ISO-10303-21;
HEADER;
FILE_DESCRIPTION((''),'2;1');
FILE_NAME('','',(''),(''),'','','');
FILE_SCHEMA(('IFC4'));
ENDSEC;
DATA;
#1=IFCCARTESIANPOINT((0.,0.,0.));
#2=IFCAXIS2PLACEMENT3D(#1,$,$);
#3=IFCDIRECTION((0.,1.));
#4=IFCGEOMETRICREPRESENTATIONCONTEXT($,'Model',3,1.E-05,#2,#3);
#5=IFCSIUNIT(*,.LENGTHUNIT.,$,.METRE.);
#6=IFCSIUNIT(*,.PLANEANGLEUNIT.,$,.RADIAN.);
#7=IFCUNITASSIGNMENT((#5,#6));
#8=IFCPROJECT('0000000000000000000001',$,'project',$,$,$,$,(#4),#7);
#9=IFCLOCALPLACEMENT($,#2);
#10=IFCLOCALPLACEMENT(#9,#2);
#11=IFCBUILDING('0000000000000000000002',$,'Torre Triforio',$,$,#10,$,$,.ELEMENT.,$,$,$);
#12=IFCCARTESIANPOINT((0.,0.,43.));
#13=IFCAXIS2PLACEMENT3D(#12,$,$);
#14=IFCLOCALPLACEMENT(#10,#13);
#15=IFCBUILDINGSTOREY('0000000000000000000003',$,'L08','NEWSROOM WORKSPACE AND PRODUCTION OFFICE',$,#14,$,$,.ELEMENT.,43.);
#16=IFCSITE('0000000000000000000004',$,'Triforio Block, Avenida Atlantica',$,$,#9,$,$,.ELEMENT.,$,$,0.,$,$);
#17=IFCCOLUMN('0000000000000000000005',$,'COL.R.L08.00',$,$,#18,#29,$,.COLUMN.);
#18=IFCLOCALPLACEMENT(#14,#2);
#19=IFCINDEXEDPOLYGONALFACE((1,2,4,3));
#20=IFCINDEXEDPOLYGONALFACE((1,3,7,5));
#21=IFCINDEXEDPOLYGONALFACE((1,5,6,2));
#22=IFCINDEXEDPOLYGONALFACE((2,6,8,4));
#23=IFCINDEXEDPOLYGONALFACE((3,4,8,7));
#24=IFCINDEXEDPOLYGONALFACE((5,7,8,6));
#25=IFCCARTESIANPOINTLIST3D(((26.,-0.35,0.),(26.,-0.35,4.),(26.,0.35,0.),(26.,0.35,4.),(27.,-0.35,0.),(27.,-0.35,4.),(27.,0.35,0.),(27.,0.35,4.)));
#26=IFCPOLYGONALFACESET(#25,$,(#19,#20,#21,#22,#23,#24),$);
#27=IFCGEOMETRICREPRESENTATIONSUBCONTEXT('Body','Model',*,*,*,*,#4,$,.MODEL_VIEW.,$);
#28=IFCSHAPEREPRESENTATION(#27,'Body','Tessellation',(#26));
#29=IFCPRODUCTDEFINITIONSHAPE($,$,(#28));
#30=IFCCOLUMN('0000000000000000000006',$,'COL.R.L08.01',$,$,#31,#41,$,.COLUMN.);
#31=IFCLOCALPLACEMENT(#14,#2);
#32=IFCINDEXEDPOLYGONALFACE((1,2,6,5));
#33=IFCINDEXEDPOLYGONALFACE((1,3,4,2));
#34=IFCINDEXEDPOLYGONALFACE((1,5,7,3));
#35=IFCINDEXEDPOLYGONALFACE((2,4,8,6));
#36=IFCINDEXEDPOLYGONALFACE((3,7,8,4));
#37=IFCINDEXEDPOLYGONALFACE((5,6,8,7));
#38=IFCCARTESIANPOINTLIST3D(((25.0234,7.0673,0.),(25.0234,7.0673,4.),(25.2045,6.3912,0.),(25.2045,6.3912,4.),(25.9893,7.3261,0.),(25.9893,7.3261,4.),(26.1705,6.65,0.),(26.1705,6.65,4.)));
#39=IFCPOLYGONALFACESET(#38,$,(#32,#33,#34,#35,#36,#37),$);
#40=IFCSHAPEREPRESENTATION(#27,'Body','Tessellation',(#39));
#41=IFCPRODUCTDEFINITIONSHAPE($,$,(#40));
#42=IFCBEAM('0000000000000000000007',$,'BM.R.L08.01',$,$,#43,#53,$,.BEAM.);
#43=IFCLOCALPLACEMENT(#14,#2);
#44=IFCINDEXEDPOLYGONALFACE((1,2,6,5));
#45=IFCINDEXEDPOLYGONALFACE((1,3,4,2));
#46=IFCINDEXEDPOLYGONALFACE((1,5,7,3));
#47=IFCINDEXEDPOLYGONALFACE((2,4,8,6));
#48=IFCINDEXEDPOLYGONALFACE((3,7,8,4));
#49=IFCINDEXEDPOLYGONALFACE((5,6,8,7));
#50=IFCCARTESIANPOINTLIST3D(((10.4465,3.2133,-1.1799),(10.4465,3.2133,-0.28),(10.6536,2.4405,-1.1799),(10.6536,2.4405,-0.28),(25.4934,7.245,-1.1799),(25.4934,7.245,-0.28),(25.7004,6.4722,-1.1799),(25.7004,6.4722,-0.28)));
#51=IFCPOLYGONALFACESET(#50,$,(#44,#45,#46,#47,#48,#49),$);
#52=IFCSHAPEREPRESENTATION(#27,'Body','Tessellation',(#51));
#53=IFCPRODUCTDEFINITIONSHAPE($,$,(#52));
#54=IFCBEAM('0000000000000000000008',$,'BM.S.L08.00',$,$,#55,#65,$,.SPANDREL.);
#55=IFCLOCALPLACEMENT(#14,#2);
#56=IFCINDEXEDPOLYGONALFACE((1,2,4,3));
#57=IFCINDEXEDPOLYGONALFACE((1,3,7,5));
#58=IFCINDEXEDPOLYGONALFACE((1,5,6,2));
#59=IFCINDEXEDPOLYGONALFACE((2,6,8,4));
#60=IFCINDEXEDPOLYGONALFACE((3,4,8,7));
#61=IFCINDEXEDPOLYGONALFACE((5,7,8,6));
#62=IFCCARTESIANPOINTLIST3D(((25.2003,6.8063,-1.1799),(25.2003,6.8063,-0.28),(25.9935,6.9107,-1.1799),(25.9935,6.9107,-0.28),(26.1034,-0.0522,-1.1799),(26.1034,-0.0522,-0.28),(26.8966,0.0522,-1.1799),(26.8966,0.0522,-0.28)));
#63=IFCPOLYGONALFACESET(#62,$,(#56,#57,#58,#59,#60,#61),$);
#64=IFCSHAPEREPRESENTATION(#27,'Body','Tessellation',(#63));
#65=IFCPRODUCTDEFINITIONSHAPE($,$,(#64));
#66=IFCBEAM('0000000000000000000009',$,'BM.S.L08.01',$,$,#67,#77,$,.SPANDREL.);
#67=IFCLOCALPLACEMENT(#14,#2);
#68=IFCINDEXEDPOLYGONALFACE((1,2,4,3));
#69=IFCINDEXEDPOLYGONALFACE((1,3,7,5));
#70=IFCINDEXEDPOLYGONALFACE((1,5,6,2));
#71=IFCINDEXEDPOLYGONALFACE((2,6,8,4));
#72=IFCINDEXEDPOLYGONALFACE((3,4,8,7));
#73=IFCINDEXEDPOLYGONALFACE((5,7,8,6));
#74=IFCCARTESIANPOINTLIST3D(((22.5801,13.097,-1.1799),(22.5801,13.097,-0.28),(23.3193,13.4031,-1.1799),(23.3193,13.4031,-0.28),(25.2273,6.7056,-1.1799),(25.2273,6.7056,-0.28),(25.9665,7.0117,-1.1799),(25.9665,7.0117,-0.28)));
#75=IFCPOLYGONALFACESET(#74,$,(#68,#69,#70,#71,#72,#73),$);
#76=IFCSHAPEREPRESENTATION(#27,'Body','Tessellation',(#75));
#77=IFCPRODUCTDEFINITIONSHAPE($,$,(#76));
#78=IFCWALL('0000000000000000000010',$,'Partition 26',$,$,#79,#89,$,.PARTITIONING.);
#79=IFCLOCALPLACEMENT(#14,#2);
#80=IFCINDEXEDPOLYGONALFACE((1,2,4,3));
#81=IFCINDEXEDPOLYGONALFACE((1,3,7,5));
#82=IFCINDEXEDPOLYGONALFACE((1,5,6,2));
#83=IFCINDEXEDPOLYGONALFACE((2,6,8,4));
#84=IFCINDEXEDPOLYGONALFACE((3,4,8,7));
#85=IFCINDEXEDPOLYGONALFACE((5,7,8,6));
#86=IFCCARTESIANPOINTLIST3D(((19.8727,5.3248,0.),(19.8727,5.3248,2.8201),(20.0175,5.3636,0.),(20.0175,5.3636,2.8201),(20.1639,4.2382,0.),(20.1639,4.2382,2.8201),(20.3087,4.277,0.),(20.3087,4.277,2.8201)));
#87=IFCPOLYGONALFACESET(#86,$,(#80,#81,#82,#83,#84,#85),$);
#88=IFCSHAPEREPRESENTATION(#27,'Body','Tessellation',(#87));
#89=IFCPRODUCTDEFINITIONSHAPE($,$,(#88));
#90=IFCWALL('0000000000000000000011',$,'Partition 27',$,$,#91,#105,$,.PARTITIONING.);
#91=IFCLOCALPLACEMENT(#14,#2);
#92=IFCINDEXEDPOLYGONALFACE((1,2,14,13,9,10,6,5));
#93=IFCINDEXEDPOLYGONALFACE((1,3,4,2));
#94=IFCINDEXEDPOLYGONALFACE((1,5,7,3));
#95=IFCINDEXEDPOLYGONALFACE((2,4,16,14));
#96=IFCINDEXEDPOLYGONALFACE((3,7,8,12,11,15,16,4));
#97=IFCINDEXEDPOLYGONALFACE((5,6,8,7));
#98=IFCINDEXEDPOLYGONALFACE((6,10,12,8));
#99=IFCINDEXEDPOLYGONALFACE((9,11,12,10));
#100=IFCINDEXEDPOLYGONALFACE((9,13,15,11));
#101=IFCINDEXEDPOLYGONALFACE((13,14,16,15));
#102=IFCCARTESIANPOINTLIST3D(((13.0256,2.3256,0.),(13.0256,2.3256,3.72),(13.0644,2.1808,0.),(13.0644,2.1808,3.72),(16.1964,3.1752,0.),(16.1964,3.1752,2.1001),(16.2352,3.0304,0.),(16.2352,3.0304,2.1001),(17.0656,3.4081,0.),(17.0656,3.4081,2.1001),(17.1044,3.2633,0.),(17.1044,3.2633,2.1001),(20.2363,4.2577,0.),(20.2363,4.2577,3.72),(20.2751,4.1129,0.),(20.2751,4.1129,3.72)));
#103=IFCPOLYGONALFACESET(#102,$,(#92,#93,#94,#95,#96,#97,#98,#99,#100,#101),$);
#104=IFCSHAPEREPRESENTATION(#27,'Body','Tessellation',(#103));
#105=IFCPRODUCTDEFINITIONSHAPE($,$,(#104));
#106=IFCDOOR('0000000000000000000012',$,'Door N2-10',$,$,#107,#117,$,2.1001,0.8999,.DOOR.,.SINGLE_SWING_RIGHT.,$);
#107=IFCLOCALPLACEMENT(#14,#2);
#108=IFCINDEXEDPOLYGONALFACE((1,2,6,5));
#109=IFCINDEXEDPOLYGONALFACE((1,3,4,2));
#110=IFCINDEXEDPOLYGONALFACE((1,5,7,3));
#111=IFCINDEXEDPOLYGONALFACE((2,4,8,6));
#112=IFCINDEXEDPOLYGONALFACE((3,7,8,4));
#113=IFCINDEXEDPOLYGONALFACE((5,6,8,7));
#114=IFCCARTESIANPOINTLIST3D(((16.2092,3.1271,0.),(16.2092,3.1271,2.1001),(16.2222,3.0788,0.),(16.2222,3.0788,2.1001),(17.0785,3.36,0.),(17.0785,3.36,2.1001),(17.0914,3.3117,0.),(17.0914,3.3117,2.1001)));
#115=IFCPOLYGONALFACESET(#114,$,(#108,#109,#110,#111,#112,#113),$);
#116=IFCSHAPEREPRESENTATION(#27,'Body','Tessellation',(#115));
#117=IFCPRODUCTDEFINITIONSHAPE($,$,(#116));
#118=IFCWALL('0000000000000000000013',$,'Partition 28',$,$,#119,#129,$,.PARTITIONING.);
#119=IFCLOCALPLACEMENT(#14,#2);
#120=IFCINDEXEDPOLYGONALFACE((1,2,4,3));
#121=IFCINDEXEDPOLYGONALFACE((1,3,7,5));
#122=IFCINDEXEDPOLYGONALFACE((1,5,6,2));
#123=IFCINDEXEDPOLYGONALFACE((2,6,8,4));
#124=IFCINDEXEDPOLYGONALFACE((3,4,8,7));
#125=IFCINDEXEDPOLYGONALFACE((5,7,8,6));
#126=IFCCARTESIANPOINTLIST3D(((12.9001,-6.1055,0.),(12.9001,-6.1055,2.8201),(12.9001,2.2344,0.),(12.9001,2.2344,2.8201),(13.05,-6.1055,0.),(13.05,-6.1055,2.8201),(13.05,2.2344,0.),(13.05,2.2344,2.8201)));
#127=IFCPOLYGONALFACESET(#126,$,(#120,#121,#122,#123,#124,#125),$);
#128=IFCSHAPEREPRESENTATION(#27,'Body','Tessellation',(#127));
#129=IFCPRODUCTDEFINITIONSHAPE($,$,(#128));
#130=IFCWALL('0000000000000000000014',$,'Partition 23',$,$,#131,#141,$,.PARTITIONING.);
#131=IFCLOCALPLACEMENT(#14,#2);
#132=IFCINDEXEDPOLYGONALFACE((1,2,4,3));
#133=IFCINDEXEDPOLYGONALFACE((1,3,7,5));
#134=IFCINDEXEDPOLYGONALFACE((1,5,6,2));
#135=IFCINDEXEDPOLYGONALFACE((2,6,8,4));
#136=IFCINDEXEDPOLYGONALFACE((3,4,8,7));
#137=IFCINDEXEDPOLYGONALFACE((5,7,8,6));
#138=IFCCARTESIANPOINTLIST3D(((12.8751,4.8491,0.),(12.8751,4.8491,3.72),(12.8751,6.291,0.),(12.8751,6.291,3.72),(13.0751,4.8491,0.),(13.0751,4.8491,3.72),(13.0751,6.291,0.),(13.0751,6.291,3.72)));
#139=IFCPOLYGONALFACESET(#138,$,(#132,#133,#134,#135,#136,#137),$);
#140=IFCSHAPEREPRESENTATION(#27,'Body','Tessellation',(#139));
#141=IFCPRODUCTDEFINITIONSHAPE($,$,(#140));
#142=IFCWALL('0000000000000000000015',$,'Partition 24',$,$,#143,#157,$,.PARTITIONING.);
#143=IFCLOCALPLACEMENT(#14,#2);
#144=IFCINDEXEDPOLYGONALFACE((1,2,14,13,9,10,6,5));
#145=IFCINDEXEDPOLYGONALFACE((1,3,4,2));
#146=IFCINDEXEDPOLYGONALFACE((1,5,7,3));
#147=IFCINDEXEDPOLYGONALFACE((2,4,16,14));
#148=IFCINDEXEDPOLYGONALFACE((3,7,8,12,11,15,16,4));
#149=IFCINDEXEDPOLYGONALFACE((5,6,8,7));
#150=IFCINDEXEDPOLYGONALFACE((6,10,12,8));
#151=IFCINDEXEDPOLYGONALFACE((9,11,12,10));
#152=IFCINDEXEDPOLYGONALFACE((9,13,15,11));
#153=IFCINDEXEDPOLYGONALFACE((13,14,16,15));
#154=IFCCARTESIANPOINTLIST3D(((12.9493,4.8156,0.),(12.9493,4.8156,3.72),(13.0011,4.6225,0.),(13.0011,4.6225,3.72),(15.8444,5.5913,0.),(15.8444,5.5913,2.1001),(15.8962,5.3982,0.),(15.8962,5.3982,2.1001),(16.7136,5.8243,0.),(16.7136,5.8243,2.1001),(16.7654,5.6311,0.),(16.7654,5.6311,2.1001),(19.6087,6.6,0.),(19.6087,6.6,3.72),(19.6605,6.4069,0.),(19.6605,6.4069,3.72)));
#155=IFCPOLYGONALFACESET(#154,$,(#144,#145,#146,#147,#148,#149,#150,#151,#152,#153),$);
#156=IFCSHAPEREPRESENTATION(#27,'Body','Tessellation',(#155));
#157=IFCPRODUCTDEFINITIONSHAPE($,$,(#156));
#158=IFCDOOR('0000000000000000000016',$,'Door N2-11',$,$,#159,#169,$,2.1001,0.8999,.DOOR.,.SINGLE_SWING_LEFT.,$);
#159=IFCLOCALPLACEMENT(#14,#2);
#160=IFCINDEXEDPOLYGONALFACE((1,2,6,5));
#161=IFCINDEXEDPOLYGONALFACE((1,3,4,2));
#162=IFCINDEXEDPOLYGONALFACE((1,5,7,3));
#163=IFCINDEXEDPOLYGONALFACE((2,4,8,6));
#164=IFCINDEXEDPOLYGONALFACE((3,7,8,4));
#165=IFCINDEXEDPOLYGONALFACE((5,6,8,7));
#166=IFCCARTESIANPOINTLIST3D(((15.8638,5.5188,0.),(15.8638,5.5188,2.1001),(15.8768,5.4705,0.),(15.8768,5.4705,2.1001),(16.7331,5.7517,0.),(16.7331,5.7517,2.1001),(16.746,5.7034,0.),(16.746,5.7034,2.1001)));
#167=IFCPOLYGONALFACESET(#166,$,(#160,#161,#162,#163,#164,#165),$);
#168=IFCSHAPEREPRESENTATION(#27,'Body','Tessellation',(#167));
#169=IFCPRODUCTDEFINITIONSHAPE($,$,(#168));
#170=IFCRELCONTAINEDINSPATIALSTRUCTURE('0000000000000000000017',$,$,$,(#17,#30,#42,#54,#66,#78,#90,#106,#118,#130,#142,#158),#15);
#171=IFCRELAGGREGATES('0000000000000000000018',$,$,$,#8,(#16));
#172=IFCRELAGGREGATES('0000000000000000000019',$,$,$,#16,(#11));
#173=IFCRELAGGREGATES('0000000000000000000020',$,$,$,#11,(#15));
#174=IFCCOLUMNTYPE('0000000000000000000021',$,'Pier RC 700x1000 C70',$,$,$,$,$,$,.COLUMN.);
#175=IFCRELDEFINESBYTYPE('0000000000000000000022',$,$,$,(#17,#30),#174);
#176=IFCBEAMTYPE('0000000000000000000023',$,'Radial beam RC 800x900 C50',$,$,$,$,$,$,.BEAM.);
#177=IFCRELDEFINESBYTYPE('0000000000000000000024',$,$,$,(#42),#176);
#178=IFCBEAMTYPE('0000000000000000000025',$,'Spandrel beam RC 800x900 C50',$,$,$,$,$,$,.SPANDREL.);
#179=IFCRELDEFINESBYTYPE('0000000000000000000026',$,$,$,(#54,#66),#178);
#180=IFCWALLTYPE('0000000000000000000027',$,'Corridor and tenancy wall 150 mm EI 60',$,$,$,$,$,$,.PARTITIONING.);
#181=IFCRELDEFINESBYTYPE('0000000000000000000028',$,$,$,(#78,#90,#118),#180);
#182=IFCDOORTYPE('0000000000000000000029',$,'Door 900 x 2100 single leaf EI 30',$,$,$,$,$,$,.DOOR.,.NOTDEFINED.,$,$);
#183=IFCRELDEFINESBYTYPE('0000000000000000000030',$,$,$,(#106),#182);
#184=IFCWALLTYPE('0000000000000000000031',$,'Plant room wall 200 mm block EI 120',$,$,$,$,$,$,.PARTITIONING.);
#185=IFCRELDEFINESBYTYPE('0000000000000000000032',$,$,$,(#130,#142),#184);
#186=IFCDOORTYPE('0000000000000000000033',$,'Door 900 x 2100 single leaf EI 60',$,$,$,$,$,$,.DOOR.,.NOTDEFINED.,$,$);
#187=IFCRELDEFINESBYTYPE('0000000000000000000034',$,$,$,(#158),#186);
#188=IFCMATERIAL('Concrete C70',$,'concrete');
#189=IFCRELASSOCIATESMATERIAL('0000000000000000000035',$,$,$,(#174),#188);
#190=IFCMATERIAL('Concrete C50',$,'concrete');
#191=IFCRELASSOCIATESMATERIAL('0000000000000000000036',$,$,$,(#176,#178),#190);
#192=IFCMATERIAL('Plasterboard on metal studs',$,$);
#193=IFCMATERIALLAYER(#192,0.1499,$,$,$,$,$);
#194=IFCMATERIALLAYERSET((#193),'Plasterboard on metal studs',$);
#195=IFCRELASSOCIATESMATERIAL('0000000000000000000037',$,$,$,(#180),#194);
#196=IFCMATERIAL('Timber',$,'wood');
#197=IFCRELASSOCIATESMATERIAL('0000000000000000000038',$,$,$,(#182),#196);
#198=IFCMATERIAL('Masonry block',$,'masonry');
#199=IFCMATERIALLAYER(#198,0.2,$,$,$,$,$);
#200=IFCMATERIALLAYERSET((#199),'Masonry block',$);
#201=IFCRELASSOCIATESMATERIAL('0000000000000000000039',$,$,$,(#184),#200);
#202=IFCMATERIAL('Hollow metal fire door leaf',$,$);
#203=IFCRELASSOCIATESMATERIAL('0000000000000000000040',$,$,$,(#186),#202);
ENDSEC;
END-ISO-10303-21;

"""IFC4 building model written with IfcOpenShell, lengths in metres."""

from ifc_helpers import new_model, si_unit, direction, frame, frame_2d, origin, origin_2d, place, context, subcontext, project, spatial, rectangle, extrude, material, layer, layer_set, material_profile, profile_set, type_object, element, fill, save


model = new_model("IFC4")

# Units and contexts
model_context = context("Model", 3, precision=1e-05, world=origin(), true_north=direction((0.0, 1.0)))
body_context = subcontext(model_context, "Body", "Model", "MODEL_VIEW")
ifc_project = project(units=[si_unit("LENGTHUNIT", "METRE"), si_unit("PLANEANGLEUNIT", "RADIAN")], contexts=[model_context])

# Site, building, storey
site_placement = place(None, origin())
site = spatial("IfcSite", under=ifc_project, at=site_placement, Name="Triforio Block, Avenida Atlantica", CompositionType="ELEMENT", RefElevation=0.0)
building_placement = place(site_placement, origin())
building = spatial("IfcBuilding", under=site, at=building_placement, Name="Torre Triforio", CompositionType="ELEMENT")
storey_placement = place(building_placement, frame((0.0, 0.0, 43.0)))
storey = spatial("IfcBuildingStorey", under=building, at=storey_placement, Name="L08", Description="NEWSROOM WORKSPACE AND PRODUCTION OFFICE", CompositionType="ELEMENT", Elevation=43.0)

# Columns
ifc_material_1 = material(Name="Concrete C70", Category="concrete")
ifc_material_profile_1 = material_profile(ifc_material_1, rectangle(XDim=0.7, YDim=1.0, at=origin_2d()), Name="RC 700x1000")
ifc_profile_set_1 = profile_set([ifc_material_profile_1], Name="Concrete C70")
column_type = type_object("IfcColumnType", Name="Pier RC 700x1000 C70", PredefinedType="COLUMN", material=ifc_profile_set_1)
for number, where, z_axis, x_axis, name in (
    (1, (26.5, 0.0, 0.0), (0.0, 0.0, 1.0), (0.0, 1.0, 0.0), "COL.R.L08.00"),
    (2, (25.5969, 6.8586, 0.0), (0.0, 0.0, 1.0), (-0.258819, 0.965926, 0.0), "COL.R.L08.01"),
):
    element("IfcColumn", number, at=place(storey_placement, frame(where, z_axis=z_axis, x_axis=x_axis)), inside=storey, type_object=column_type, Name=name, PredefinedType="COLUMN", context=body_context, shape_type="SweptSolid", body=[
        extrude(rectangle(XDim=0.7, YDim=1.0, at=origin_2d()), origin(), (0.0, 0.0, 1.0), 4.0),
    ])

# Beams
ifc_material_2 = material(Name="Concrete C50", Category="concrete")
ifc_material_profile_2 = material_profile(ifc_material_2, rectangle(XDim=0.8, YDim=0.8999, at=origin_2d()), Name="RC 800x900")
ifc_profile_set_2 = profile_set([ifc_material_profile_2], Name="Concrete C50")
beam_type_1 = type_object("IfcBeamType", Name="Radial beam RC 800x900 C50", PredefinedType="BEAM", material=ifc_profile_set_2)
beam_1_placement = place(storey_placement, frame((10.55, 2.8269, -0.73), z_axis=(0.965927, 0.258815, 0.0), x_axis=(-0.258815, 0.965927, 0.0)))
element("IfcBeam", 3, at=beam_1_placement, inside=storey, type_object=beam_type_1, Name="BM.R.L08.01", PredefinedType="BEAM", context=body_context, shape_type="SweptSolid", body=[
    extrude(rectangle(XDim=0.8, YDim=0.8999, at=origin_2d()), origin(), (0.0, 0.0, 1.0), 15.5776),
])
ifc_material_profile_3 = material_profile(ifc_material_2, rectangle(XDim=0.8, YDim=0.8999, at=origin_2d()), Name="RC 800x900")
ifc_profile_set_3 = profile_set([ifc_material_profile_3], Name="Concrete C50")
beam_type_2 = type_object("IfcBeamType", Name="Spandrel beam RC 800x900 C50", PredefinedType="SPANDREL", material=ifc_profile_set_3)
beam_2_placement = place(storey_placement, frame((26.5, 0.0, -0.73), z_axis=(-0.130543, 0.991443, 0.0), x_axis=(-0.991443, -0.130543, 0.0)))
element("IfcBeam", 4, at=beam_2_placement, inside=storey, type_object=beam_type_2, Name="BM.S.L08.00", PredefinedType="SPANDREL", context=body_context, shape_type="SweptSolid", body=[
    extrude(rectangle(XDim=0.8, YDim=0.8999, at=origin_2d()), origin(), (0.0, 0.0, 1.0), 6.9177),
])
beam_3_placement = place(storey_placement, frame((25.5969, 6.8586, -0.73), z_axis=(-0.382662, 0.923888, 0.0), x_axis=(-0.923888, -0.382662, 0.0)))
element("IfcBeam", 5, at=beam_3_placement, inside=storey, type_object=beam_type_2, Name="BM.S.L08.01", PredefinedType="SPANDREL", context=body_context, shape_type="SweptSolid", body=[
    extrude(rectangle(XDim=0.8, YDim=0.8999, at=origin_2d()), origin(), (0.0, 0.0, 1.0), 6.918),
])

# Wall
ifc_material_3 = material(Name="Plasterboard on metal studs")
ifc_layer_1 = layer(ifc_material_3, 0.1499)
ifc_layer_set_1 = layer_set([ifc_layer_1], Name="Plasterboard on metal studs")
wall_type_1 = type_object("IfcWallType", Name="Corridor and tenancy wall 150 mm EI 60", PredefinedType="PARTITIONING", material=ifc_layer_set_1)
wall_1_placement = place(storey_placement, frame((19.9451, 5.3442, 0.0), z_axis=(0.0, 0.0, 1.0), x_axis=(0.258892, -0.965906, 0.0)))
element("IfcWall", 6, at=wall_1_placement, inside=storey, type_object=wall_type_1, Name="Partition 26", PredefinedType="PARTITIONING", context=body_context, shape_type="SweptSolid", body=[
    extrude(rectangle(XDim=1.125, YDim=0.1499, at=frame_2d((0.5625, 0.0))), origin(), (0.0, 0.0, 1.0), 2.8201),
])

# Wall, opening, door
wall_2_placement = place(storey_placement, frame((20.2556, 4.1853, 0.0), z_axis=(0.0, 0.0, 1.0), x_axis=(-0.965925, -0.258823, 0.0)))
wall_2 = element("IfcWall", 7, at=wall_2_placement, inside=storey, type_object=wall_type_1, Name="Partition 27", PredefinedType="PARTITIONING", context=body_context, shape_type="SweptSolid", body=[
    extrude(rectangle(XDim=7.4651, YDim=0.1499, at=frame_2d((3.7324, 0.0))), origin(), (0.0, 0.0, 1.0), 3.72),
])
opening_1_placement = place(wall_2_placement, frame((3.2825, 0.0, 0.0)))
opening_1 = element("IfcOpeningElement", 8, at=opening_1_placement, cuts=wall_2, PredefinedType="OPENING", context=body_context, shape_type="SweptSolid", body=[
    extrude(rectangle(XDim=0.8999, YDim=2.1001, at=frame_2d((0.45, 1.05))), frame((0.0, 0.085, 0.0), z_axis=(0.0, -1.0, 0.0), x_axis=(1.0, 0.0, 0.0)), (0.0, 0.0, 1.0), 0.1699),
])
ifc_material_4 = material(Name="Timber", Category="wood")
door_type_1 = type_object("IfcDoorType", Name="Door 900 x 2100 single leaf EI 30", OperationType="NOTDEFINED", PredefinedType="DOOR", material=ifc_material_4)
door_1_placement = place(opening_1_placement, origin())
door_1 = element("IfcDoor", 9, at=door_1_placement, inside=storey, type_object=door_type_1, Name="Door N2-10", OperationType="SINGLE_SWING_RIGHT", OverallHeight=2.1001, OverallWidth=0.8999, PredefinedType="DOOR", context=body_context, shape_type="SweptSolid", body=[
    extrude(rectangle(XDim=0.8999, YDim=2.1001, at=frame_2d((0.45, 1.05))), frame((0.0, 0.0249, 0.0), z_axis=(0.0, -1.0, 0.0), x_axis=(1.0, 0.0, 0.0)), (0.0, 0.0, 1.0), 0.05),
])
fill(opening_1, door_1)

# Walls
wall_3_placement = place(storey_placement, frame((12.9751, 2.2344, 0.0), z_axis=(0.0, 0.0, 1.0), x_axis=(0.0, -1.0, 0.0)))
element("IfcWall", 10, at=wall_3_placement, inside=storey, type_object=wall_type_1, Name="Partition 28", PredefinedType="PARTITIONING", context=body_context, shape_type="SweptSolid", body=[
    extrude(rectangle(XDim=8.3398, YDim=0.1499, at=frame_2d((4.1699, 0.0))), origin(), (0.0, 0.0, 1.0), 2.8201),
])
ifc_material_5 = material(Name="Masonry block", Category="masonry")
ifc_layer_2 = layer(ifc_material_5, 0.2)
ifc_layer_set_2 = layer_set([ifc_layer_2], Name="Masonry block")
wall_type_2 = type_object("IfcWallType", Name="Plant room wall 200 mm block EI 120", PredefinedType="PARTITIONING", material=ifc_layer_set_2)
wall_4_placement = place(storey_placement, frame((12.9751, 6.291, 0.0), z_axis=(0.0, 0.0, 1.0), x_axis=(0.0, -1.0, 0.0)))
element("IfcWall", 11, at=wall_4_placement, inside=storey, type_object=wall_type_2, Name="Partition 23", PredefinedType="PARTITIONING", context=body_context, shape_type="SweptSolid", body=[
    extrude(rectangle(XDim=1.4419, YDim=0.2, at=frame_2d((0.7209, 0.0))), origin(), (0.0, 0.0, 1.0), 3.72),
])

# Wall, opening, door
wall_5_placement = place(storey_placement, frame((12.9751, 4.719, 0.0), z_axis=(0.0, 0.0, 1.0), x_axis=(0.965924, 0.258824, 0.0)))
wall_5 = element("IfcWall", 12, at=wall_5_placement, inside=storey, type_object=wall_type_2, Name="Partition 24", PredefinedType="PARTITIONING", context=body_context, shape_type="SweptSolid", body=[
    extrude(rectangle(XDim=6.8943, YDim=0.2, at=frame_2d((3.4473, 0.0))), origin(), (0.0, 0.0, 1.0), 3.72),
])
opening_2_placement = place(wall_5_placement, frame((2.9973, 0.0, 0.0)))
opening_2 = element("IfcOpeningElement", 13, at=opening_2_placement, cuts=wall_5, PredefinedType="OPENING", context=body_context, shape_type="SweptSolid", body=[
    extrude(rectangle(XDim=0.8999, YDim=2.1001, at=frame_2d((0.45, 1.05))), frame((0.0, 0.1099, 0.0), z_axis=(0.0, -1.0, 0.0), x_axis=(1.0, 0.0, 0.0)), (0.0, 0.0, 1.0), 0.22),
])
ifc_material_6 = material(Name="Hollow metal fire door leaf")
door_type_2 = type_object("IfcDoorType", Name="Door 900 x 2100 single leaf EI 60", OperationType="NOTDEFINED", PredefinedType="DOOR", material=ifc_material_6)
door_2_placement = place(opening_2_placement, origin())
door_2 = element("IfcDoor", 14, at=door_2_placement, inside=storey, type_object=door_type_2, Name="Door N2-11", OperationType="SINGLE_SWING_LEFT", OverallHeight=2.1001, OverallWidth=0.8999, PredefinedType="DOOR", context=body_context, shape_type="SweptSolid", body=[
    extrude(rectangle(XDim=0.8999, YDim=2.1001, at=frame_2d((0.45, 1.05))), frame((0.0, 0.0249, 0.0), z_axis=(0.0, -1.0, 0.0), x_axis=(1.0, 0.0, 0.0)), (0.0, 0.0, 1.0), 0.05),
])
fill(opening_2, door_2)

save(model, "model.ifc")
